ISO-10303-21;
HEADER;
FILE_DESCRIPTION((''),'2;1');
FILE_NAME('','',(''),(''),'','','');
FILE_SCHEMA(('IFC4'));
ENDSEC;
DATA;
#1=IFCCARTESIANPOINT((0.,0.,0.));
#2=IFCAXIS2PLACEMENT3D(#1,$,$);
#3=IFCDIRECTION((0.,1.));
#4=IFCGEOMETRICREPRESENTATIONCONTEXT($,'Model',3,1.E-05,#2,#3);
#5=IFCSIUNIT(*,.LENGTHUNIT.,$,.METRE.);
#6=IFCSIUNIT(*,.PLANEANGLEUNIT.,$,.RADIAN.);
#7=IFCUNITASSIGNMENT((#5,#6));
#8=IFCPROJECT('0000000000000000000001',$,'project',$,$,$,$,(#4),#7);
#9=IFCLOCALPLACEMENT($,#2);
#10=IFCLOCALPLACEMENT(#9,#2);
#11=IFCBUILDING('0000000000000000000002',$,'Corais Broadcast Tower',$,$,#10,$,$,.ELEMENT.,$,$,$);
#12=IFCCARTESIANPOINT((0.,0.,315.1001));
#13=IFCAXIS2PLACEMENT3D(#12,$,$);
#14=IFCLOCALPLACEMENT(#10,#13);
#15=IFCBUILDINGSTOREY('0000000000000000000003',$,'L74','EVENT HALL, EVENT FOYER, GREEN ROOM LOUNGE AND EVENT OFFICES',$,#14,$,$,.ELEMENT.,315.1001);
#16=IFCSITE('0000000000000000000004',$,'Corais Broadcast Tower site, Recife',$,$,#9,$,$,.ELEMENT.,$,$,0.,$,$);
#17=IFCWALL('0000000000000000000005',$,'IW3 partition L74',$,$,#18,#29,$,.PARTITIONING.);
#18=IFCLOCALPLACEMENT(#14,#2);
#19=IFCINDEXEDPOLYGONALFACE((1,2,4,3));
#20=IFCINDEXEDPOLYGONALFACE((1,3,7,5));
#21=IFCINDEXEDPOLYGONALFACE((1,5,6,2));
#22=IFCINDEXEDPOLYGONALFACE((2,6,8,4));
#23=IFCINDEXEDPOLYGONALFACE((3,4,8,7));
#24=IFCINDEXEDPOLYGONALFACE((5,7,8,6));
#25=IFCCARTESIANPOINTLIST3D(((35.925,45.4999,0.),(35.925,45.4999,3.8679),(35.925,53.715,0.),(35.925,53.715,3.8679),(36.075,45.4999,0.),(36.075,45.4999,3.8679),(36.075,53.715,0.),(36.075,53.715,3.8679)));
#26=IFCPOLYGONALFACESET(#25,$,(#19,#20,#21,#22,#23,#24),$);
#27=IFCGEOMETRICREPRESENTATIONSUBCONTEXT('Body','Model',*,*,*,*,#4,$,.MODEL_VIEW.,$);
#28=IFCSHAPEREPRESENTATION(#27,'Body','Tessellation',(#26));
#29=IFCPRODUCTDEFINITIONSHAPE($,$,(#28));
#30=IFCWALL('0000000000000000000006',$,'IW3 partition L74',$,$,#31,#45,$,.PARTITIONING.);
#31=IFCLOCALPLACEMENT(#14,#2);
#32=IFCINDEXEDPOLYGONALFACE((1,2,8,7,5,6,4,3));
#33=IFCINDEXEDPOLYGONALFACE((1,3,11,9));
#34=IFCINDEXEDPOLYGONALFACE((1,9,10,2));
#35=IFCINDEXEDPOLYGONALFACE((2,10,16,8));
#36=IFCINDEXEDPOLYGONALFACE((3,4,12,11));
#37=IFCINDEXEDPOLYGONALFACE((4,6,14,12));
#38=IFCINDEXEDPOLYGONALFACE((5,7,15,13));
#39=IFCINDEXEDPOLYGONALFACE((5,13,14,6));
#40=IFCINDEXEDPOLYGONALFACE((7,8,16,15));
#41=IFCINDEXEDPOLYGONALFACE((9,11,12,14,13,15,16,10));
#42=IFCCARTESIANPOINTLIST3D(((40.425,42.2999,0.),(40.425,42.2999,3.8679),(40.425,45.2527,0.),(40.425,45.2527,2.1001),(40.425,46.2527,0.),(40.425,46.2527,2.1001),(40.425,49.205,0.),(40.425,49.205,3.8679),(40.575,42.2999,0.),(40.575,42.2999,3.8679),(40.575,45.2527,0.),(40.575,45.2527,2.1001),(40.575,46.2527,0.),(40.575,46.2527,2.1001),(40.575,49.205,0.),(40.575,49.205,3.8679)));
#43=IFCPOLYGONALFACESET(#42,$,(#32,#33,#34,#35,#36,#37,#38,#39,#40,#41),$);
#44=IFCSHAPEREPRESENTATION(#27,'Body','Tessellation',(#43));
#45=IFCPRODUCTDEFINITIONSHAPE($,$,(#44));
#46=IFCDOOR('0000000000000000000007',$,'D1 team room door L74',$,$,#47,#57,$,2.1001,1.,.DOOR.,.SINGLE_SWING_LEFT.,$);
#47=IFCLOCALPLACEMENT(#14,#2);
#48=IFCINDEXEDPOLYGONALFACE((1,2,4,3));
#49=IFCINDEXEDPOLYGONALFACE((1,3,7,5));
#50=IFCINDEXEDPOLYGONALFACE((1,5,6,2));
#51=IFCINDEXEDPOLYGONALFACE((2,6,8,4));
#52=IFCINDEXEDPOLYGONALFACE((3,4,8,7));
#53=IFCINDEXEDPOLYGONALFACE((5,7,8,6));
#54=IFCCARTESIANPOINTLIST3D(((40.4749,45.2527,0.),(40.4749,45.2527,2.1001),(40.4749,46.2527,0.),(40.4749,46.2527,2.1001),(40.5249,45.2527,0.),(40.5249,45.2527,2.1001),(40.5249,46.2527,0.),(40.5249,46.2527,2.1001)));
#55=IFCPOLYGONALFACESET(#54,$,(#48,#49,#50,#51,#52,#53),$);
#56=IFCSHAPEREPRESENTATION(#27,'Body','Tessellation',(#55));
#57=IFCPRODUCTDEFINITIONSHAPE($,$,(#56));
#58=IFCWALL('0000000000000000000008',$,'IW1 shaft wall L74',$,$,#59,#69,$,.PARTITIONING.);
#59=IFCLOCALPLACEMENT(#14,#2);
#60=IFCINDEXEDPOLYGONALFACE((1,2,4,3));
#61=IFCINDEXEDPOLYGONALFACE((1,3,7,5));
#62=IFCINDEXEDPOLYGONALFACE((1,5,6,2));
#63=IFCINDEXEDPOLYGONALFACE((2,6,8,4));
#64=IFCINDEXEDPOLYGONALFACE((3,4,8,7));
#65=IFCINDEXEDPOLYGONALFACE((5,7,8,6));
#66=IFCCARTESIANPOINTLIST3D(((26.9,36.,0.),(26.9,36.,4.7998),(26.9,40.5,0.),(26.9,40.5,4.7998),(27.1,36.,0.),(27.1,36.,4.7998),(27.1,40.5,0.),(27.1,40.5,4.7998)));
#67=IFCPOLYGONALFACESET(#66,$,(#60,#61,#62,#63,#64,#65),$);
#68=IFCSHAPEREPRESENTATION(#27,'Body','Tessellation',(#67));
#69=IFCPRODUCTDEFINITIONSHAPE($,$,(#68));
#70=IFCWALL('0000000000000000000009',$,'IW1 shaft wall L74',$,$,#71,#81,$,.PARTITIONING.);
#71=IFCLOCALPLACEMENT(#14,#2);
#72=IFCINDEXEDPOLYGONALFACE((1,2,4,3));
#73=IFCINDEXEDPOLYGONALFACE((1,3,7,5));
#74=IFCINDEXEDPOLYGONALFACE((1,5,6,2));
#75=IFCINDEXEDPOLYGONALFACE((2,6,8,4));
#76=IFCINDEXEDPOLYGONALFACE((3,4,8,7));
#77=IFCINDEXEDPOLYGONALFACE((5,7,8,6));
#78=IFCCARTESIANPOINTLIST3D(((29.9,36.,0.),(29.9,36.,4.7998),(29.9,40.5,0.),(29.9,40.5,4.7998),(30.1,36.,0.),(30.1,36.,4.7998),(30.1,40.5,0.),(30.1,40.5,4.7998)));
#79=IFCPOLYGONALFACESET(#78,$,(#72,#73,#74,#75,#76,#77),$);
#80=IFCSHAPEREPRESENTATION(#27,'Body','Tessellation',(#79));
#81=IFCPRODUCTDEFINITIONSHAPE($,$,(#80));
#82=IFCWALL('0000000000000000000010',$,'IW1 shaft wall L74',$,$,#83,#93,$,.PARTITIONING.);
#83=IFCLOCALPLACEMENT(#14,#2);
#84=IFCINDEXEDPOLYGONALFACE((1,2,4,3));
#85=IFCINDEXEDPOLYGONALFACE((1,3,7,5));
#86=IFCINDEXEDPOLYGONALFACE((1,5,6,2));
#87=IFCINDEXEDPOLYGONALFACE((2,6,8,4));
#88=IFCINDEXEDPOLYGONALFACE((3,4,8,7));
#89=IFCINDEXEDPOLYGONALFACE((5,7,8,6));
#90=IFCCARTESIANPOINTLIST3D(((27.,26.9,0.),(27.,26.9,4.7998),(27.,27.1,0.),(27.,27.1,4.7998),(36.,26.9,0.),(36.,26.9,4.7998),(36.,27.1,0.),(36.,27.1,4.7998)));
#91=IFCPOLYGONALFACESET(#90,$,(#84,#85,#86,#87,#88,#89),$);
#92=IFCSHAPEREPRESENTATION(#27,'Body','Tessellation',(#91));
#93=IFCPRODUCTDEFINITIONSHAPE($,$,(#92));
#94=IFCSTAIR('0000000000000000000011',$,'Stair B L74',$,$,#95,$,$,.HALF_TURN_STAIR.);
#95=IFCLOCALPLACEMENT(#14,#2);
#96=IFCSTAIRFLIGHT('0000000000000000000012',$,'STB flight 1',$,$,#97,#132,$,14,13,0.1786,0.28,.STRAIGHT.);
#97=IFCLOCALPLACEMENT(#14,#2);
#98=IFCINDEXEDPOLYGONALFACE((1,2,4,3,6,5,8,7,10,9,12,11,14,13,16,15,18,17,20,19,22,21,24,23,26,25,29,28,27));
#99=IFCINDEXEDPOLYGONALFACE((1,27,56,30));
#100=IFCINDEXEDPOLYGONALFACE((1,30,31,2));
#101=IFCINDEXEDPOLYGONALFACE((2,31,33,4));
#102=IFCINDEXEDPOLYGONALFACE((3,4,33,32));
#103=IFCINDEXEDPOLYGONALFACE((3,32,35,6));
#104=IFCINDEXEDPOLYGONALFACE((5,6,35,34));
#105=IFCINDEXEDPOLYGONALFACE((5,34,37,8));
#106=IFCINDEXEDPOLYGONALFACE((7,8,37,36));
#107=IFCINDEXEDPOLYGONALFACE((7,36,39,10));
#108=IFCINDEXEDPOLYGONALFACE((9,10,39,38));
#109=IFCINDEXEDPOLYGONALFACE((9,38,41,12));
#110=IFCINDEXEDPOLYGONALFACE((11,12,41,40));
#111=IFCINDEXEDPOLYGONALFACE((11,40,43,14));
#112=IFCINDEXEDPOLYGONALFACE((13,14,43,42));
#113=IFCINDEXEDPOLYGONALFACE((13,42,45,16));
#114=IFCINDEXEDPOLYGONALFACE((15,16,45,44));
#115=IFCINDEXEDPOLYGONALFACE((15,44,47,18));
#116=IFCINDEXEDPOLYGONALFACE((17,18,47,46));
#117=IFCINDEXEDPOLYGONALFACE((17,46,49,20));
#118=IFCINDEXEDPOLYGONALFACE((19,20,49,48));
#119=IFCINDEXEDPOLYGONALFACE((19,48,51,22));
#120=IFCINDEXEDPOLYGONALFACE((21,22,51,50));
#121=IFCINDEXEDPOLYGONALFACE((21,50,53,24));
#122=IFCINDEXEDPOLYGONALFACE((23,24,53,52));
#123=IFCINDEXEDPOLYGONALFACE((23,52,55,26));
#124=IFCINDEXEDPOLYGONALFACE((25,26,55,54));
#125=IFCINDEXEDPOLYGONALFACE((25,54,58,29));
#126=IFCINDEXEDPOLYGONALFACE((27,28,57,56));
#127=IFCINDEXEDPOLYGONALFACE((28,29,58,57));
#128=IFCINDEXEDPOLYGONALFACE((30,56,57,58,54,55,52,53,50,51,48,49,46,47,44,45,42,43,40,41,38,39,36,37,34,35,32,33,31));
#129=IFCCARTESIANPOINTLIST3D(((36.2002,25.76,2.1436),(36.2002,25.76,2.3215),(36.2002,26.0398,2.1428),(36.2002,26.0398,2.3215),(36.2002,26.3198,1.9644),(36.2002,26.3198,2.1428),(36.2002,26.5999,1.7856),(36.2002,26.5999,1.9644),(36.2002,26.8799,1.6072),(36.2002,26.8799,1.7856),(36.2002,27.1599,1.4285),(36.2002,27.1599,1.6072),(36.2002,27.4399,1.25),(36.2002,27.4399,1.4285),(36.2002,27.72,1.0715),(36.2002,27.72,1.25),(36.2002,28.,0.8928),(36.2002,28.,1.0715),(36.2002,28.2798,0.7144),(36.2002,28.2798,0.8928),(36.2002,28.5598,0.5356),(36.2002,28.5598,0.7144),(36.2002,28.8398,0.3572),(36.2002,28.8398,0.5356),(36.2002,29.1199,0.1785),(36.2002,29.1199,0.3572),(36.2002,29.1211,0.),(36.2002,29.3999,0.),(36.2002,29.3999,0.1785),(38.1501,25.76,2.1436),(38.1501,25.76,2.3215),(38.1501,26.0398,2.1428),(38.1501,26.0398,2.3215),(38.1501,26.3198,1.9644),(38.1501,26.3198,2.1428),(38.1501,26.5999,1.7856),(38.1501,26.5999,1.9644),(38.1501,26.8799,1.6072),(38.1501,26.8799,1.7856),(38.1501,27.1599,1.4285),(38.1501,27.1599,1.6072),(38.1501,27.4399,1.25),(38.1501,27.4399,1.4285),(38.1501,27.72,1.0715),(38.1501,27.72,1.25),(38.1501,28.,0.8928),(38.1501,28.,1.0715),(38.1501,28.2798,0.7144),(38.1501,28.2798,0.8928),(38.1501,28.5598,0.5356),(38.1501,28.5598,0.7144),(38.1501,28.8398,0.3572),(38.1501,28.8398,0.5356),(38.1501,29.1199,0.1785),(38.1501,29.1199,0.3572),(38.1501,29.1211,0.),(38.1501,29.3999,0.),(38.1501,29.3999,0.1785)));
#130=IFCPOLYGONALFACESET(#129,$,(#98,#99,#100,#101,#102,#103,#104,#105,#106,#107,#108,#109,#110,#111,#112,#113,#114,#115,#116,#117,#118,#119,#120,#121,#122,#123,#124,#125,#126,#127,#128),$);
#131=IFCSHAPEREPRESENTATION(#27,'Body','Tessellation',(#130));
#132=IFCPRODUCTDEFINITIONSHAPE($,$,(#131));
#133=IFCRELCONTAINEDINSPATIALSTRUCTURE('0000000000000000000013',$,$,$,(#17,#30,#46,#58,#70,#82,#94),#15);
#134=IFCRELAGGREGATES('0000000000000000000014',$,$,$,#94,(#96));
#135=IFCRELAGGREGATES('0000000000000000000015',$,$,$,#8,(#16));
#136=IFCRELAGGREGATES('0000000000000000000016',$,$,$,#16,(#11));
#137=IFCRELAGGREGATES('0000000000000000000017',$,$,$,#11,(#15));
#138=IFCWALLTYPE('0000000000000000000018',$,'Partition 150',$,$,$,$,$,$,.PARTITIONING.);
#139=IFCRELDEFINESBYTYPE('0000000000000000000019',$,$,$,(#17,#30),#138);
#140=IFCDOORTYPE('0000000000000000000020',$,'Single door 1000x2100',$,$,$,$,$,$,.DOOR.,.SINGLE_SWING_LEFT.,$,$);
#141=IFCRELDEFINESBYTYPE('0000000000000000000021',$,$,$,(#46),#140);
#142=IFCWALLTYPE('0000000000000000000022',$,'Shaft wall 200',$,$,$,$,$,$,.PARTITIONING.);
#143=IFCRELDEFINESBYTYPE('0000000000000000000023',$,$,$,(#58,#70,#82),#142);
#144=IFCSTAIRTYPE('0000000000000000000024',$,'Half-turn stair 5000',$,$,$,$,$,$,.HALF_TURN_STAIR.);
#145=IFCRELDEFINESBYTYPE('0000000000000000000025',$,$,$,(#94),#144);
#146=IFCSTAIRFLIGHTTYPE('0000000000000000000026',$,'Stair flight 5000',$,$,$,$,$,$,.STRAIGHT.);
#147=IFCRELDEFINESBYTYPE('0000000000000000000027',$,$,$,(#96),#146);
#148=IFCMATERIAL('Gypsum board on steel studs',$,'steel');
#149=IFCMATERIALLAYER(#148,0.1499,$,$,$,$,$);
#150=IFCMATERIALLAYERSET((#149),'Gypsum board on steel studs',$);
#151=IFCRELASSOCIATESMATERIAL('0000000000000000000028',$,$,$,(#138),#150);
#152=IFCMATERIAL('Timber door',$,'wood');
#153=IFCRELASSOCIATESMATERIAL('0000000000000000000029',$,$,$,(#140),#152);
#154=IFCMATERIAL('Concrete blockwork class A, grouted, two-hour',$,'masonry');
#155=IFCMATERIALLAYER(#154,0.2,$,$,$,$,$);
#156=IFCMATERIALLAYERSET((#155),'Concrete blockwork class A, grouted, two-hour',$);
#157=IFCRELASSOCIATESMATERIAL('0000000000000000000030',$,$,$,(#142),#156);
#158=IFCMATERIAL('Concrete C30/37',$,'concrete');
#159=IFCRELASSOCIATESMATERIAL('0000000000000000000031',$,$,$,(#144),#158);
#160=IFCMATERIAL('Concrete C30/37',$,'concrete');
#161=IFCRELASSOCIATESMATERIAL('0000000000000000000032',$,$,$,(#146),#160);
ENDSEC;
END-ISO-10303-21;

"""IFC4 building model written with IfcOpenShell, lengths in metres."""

from ifc_helpers import new_model, si_unit, direction, frame, frame_2d, origin, place, context, subcontext, project, spatial, polyline, rectangle, outline, extrude, material, layer, layer_set, type_object, element, fill, aggregate, save


model = new_model("IFC4")

# Units and contexts
model_context = context("Model", 3, precision=1e-05, world=origin(), true_north=direction((0.0, 1.0)))
body_context = subcontext(model_context, "Body", "Model", "MODEL_VIEW")
ifc_project = project(units=[si_unit("LENGTHUNIT", "METRE"), si_unit("PLANEANGLEUNIT", "RADIAN")], contexts=[model_context])

# Site, building, storey
site_placement = place(None, origin())
site = spatial("IfcSite", under=ifc_project, at=site_placement, Name="Corais Broadcast Tower site, Recife", CompositionType="ELEMENT", RefElevation=0.0)
building_placement = place(site_placement, origin())
building = spatial("IfcBuilding", under=site, at=building_placement, Name="Corais Broadcast Tower", CompositionType="ELEMENT")
storey_placement = place(building_placement, frame((0.0, 0.0, 315.1001)))
storey = spatial("IfcBuildingStorey", under=building, at=storey_placement, Name="L74", Description="EVENT HALL, EVENT FOYER, GREEN ROOM LOUNGE AND EVENT OFFICES", CompositionType="ELEMENT", Elevation=315.1001)

# Wall
ifc_material_1 = material(Name="Gypsum board on steel studs", Category="steel")
ifc_layer_1 = layer(ifc_material_1, 0.1499)
ifc_layer_set_1 = layer_set([ifc_layer_1], Name="Gypsum board on steel studs")
wall_type_1 = type_object("IfcWallType", Name="Partition 150", PredefinedType="PARTITIONING", material=ifc_layer_set_1)
wall_1_placement = place(storey_placement, frame((36.0, 45.5, 0.0), z_axis=(0.0, 0.0, 1.0), x_axis=(0.0, 1.0, 0.0)))
element("IfcWall", 1, at=wall_1_placement, inside=storey, type_object=wall_type_1, Name="IW3 partition L74", PredefinedType="PARTITIONING", context=body_context, shape_type="SweptSolid", body=[
    extrude(rectangle(XDim=8.2151, YDim=0.1499, at=frame_2d((4.1074, 0.0))), origin(), (0.0, 0.0, 1.0), 3.8679),
])

# Wall, opening, door
wall_2_placement = place(storey_placement, frame((40.5, 49.2051, 0.0), z_axis=(0.0, 0.0, 1.0), x_axis=(0.0, -1.0, 0.0)))
wall_2 = element("IfcWall", 2, at=wall_2_placement, inside=storey, type_object=wall_type_1, Name="IW3 partition L74", PredefinedType="PARTITIONING", context=body_context, shape_type="SweptSolid", body=[
    extrude(rectangle(XDim=6.905, YDim=0.1499, at=frame_2d((3.4526, 0.0))), origin(), (0.0, 0.0, 1.0), 3.8679),
])
opening_placement = place(wall_2_placement, frame((2.9524, 0.0, 0.0)))
opening = element("IfcOpeningElement", 3, at=opening_placement, cuts=wall_2, PredefinedType="OPENING", context=body_context, shape_type="SweptSolid", body=[
    extrude(rectangle(XDim=1.0, YDim=2.1001, at=frame_2d((0.5, 1.05))), frame((0.0, 0.085, 0.0), z_axis=(0.0, -1.0, 0.0), x_axis=(1.0, 0.0, 0.0)), (0.0, 0.0, 1.0), 0.1699),
])
ifc_material_2 = material(Name="Timber door", Category="wood")
door_type = type_object("IfcDoorType", Name="Single door 1000x2100", OperationType="SINGLE_SWING_LEFT", PredefinedType="DOOR", material=ifc_material_2)
door_placement = place(opening_placement, origin())
door = element("IfcDoor", 4, at=door_placement, inside=storey, type_object=door_type, Name="D1 team room door L74", OperationType="SINGLE_SWING_LEFT", OverallHeight=2.1001, OverallWidth=1.0, PredefinedType="DOOR", context=body_context, shape_type="SweptSolid", body=[
    extrude(rectangle(XDim=1.0, YDim=2.1001, at=frame_2d((0.5, 1.05))), frame((0.0, 0.0249, 0.0), z_axis=(0.0, -1.0, 0.0), x_axis=(1.0, 0.0, 0.0)), (0.0, 0.0, 1.0), 0.05),
])
fill(opening, door)

# Walls
ifc_material_3 = material(Name="Concrete blockwork class A, grouted, two-hour", Category="masonry")
ifc_layer_2 = layer(ifc_material_3, 0.2)
ifc_layer_set_2 = layer_set([ifc_layer_2], Name="Concrete blockwork class A, grouted, two-hour")
wall_type_2 = type_object("IfcWallType", Name="Shaft wall 200", PredefinedType="PARTITIONING", material=ifc_layer_set_2)
for number, where, z_axis, x_axis, name in (
    (5, (27.0, 36.0, 0.0), (0.0, 0.0, 1.0), (0.0, 1.0, 0.0), "IW1 shaft wall L74"),
    (6, (30.0, 36.0, 0.0), (0.0, 0.0, 1.0), (0.0, 1.0, 0.0), "IW1 shaft wall L74"),
):
    element("IfcWall", number, at=place(storey_placement, frame(where, z_axis=z_axis, x_axis=x_axis)), inside=storey, type_object=wall_type_2, Name=name, PredefinedType="PARTITIONING", context=body_context, shape_type="SweptSolid", body=[
        extrude(rectangle(XDim=4.5, YDim=0.2, at=frame_2d((2.25, 0.0))), origin(), (0.0, 0.0, 1.0), 4.7998),
    ])
wall_3_placement = place(storey_placement, frame((27.0, 27.0, 0.0), z_axis=(0.0, 0.0, 1.0), x_axis=(1.0, 0.0, 0.0)))
element("IfcWall", 7, at=wall_3_placement, inside=storey, type_object=wall_type_2, Name="IW1 shaft wall L74", PredefinedType="PARTITIONING", context=body_context, shape_type="SweptSolid", body=[
    extrude(rectangle(XDim=9.0, YDim=0.2, at=frame_2d((4.5, 0.0))), origin(), (0.0, 0.0, 1.0), 4.7998),
])

# Stair, stair flight
ifc_material_4 = material(Name="Concrete C30/37", Category="concrete")
stair_type = type_object("IfcStairType", Name="Half-turn stair 5000", PredefinedType="HALF_TURN_STAIR", material=ifc_material_4)
stair_placement = place(storey_placement, origin())
stair = element("IfcStair", 8, at=stair_placement, inside=storey, type_object=stair_type, Name="Stair B L74", PredefinedType="HALF_TURN_STAIR")
ifc_material_5 = material(Name="Concrete C30/37", Category="concrete")
stair_flight_type = type_object("IfcStairFlightType", Name="Stair flight 5000", PredefinedType="STRAIGHT", material=ifc_material_5)
stair_flight_placement = place(storey_placement, frame((37.175, 29.3999, 0.0), z_axis=(0.0, 0.0, 1.0), x_axis=(0.0, -1.0, 0.0)))
stair_flight = element("IfcStairFlight", 9, at=stair_flight_placement, type_object=stair_flight_type, Name="STB flight 1", NumberOfRisers=14, NumberOfTreads=13, PredefinedType="STRAIGHT", RiserHeight=0.1786, TreadLength=0.28, context=body_context, shape_type="SweptSolid", body=[
    extrude(outline(polyline([(0.0, 0.0), (0.0, 0.1785), (0.28, 0.1785), (0.28, 0.3572), (0.5601, 0.3572), (0.5601, 0.5356), (0.8401, 0.5356), (0.8401, 0.7144), (1.1201, 0.7144), (1.1201, 0.8928), (1.3999, 0.8928), (1.3999, 1.0715), (1.6799, 1.0715), (1.6799, 1.25), (1.96, 1.25), (1.96, 1.4285), (2.24, 1.4285), (2.24, 1.6072), (2.52, 1.6072), (2.52, 1.7856), (2.8, 1.7856), (2.8, 1.9644), (3.0801, 1.9644), (3.0801, 2.1428), (3.3601, 2.1428), (3.3601, 2.3215), (3.6399, 2.3215), (3.6399, 2.5), (3.6399, 2.1436), (0.2788, 0.0), (0.0, 0.0)])), frame((0.0, 0.9751, 0.0), z_axis=(0.0, -1.0, 0.0), x_axis=(1.0, 0.0, 0.0)), (0.0, 0.0, 1.0), 1.95),
])
aggregate(stair, [stair_flight])

save(model, "model.ifc")
